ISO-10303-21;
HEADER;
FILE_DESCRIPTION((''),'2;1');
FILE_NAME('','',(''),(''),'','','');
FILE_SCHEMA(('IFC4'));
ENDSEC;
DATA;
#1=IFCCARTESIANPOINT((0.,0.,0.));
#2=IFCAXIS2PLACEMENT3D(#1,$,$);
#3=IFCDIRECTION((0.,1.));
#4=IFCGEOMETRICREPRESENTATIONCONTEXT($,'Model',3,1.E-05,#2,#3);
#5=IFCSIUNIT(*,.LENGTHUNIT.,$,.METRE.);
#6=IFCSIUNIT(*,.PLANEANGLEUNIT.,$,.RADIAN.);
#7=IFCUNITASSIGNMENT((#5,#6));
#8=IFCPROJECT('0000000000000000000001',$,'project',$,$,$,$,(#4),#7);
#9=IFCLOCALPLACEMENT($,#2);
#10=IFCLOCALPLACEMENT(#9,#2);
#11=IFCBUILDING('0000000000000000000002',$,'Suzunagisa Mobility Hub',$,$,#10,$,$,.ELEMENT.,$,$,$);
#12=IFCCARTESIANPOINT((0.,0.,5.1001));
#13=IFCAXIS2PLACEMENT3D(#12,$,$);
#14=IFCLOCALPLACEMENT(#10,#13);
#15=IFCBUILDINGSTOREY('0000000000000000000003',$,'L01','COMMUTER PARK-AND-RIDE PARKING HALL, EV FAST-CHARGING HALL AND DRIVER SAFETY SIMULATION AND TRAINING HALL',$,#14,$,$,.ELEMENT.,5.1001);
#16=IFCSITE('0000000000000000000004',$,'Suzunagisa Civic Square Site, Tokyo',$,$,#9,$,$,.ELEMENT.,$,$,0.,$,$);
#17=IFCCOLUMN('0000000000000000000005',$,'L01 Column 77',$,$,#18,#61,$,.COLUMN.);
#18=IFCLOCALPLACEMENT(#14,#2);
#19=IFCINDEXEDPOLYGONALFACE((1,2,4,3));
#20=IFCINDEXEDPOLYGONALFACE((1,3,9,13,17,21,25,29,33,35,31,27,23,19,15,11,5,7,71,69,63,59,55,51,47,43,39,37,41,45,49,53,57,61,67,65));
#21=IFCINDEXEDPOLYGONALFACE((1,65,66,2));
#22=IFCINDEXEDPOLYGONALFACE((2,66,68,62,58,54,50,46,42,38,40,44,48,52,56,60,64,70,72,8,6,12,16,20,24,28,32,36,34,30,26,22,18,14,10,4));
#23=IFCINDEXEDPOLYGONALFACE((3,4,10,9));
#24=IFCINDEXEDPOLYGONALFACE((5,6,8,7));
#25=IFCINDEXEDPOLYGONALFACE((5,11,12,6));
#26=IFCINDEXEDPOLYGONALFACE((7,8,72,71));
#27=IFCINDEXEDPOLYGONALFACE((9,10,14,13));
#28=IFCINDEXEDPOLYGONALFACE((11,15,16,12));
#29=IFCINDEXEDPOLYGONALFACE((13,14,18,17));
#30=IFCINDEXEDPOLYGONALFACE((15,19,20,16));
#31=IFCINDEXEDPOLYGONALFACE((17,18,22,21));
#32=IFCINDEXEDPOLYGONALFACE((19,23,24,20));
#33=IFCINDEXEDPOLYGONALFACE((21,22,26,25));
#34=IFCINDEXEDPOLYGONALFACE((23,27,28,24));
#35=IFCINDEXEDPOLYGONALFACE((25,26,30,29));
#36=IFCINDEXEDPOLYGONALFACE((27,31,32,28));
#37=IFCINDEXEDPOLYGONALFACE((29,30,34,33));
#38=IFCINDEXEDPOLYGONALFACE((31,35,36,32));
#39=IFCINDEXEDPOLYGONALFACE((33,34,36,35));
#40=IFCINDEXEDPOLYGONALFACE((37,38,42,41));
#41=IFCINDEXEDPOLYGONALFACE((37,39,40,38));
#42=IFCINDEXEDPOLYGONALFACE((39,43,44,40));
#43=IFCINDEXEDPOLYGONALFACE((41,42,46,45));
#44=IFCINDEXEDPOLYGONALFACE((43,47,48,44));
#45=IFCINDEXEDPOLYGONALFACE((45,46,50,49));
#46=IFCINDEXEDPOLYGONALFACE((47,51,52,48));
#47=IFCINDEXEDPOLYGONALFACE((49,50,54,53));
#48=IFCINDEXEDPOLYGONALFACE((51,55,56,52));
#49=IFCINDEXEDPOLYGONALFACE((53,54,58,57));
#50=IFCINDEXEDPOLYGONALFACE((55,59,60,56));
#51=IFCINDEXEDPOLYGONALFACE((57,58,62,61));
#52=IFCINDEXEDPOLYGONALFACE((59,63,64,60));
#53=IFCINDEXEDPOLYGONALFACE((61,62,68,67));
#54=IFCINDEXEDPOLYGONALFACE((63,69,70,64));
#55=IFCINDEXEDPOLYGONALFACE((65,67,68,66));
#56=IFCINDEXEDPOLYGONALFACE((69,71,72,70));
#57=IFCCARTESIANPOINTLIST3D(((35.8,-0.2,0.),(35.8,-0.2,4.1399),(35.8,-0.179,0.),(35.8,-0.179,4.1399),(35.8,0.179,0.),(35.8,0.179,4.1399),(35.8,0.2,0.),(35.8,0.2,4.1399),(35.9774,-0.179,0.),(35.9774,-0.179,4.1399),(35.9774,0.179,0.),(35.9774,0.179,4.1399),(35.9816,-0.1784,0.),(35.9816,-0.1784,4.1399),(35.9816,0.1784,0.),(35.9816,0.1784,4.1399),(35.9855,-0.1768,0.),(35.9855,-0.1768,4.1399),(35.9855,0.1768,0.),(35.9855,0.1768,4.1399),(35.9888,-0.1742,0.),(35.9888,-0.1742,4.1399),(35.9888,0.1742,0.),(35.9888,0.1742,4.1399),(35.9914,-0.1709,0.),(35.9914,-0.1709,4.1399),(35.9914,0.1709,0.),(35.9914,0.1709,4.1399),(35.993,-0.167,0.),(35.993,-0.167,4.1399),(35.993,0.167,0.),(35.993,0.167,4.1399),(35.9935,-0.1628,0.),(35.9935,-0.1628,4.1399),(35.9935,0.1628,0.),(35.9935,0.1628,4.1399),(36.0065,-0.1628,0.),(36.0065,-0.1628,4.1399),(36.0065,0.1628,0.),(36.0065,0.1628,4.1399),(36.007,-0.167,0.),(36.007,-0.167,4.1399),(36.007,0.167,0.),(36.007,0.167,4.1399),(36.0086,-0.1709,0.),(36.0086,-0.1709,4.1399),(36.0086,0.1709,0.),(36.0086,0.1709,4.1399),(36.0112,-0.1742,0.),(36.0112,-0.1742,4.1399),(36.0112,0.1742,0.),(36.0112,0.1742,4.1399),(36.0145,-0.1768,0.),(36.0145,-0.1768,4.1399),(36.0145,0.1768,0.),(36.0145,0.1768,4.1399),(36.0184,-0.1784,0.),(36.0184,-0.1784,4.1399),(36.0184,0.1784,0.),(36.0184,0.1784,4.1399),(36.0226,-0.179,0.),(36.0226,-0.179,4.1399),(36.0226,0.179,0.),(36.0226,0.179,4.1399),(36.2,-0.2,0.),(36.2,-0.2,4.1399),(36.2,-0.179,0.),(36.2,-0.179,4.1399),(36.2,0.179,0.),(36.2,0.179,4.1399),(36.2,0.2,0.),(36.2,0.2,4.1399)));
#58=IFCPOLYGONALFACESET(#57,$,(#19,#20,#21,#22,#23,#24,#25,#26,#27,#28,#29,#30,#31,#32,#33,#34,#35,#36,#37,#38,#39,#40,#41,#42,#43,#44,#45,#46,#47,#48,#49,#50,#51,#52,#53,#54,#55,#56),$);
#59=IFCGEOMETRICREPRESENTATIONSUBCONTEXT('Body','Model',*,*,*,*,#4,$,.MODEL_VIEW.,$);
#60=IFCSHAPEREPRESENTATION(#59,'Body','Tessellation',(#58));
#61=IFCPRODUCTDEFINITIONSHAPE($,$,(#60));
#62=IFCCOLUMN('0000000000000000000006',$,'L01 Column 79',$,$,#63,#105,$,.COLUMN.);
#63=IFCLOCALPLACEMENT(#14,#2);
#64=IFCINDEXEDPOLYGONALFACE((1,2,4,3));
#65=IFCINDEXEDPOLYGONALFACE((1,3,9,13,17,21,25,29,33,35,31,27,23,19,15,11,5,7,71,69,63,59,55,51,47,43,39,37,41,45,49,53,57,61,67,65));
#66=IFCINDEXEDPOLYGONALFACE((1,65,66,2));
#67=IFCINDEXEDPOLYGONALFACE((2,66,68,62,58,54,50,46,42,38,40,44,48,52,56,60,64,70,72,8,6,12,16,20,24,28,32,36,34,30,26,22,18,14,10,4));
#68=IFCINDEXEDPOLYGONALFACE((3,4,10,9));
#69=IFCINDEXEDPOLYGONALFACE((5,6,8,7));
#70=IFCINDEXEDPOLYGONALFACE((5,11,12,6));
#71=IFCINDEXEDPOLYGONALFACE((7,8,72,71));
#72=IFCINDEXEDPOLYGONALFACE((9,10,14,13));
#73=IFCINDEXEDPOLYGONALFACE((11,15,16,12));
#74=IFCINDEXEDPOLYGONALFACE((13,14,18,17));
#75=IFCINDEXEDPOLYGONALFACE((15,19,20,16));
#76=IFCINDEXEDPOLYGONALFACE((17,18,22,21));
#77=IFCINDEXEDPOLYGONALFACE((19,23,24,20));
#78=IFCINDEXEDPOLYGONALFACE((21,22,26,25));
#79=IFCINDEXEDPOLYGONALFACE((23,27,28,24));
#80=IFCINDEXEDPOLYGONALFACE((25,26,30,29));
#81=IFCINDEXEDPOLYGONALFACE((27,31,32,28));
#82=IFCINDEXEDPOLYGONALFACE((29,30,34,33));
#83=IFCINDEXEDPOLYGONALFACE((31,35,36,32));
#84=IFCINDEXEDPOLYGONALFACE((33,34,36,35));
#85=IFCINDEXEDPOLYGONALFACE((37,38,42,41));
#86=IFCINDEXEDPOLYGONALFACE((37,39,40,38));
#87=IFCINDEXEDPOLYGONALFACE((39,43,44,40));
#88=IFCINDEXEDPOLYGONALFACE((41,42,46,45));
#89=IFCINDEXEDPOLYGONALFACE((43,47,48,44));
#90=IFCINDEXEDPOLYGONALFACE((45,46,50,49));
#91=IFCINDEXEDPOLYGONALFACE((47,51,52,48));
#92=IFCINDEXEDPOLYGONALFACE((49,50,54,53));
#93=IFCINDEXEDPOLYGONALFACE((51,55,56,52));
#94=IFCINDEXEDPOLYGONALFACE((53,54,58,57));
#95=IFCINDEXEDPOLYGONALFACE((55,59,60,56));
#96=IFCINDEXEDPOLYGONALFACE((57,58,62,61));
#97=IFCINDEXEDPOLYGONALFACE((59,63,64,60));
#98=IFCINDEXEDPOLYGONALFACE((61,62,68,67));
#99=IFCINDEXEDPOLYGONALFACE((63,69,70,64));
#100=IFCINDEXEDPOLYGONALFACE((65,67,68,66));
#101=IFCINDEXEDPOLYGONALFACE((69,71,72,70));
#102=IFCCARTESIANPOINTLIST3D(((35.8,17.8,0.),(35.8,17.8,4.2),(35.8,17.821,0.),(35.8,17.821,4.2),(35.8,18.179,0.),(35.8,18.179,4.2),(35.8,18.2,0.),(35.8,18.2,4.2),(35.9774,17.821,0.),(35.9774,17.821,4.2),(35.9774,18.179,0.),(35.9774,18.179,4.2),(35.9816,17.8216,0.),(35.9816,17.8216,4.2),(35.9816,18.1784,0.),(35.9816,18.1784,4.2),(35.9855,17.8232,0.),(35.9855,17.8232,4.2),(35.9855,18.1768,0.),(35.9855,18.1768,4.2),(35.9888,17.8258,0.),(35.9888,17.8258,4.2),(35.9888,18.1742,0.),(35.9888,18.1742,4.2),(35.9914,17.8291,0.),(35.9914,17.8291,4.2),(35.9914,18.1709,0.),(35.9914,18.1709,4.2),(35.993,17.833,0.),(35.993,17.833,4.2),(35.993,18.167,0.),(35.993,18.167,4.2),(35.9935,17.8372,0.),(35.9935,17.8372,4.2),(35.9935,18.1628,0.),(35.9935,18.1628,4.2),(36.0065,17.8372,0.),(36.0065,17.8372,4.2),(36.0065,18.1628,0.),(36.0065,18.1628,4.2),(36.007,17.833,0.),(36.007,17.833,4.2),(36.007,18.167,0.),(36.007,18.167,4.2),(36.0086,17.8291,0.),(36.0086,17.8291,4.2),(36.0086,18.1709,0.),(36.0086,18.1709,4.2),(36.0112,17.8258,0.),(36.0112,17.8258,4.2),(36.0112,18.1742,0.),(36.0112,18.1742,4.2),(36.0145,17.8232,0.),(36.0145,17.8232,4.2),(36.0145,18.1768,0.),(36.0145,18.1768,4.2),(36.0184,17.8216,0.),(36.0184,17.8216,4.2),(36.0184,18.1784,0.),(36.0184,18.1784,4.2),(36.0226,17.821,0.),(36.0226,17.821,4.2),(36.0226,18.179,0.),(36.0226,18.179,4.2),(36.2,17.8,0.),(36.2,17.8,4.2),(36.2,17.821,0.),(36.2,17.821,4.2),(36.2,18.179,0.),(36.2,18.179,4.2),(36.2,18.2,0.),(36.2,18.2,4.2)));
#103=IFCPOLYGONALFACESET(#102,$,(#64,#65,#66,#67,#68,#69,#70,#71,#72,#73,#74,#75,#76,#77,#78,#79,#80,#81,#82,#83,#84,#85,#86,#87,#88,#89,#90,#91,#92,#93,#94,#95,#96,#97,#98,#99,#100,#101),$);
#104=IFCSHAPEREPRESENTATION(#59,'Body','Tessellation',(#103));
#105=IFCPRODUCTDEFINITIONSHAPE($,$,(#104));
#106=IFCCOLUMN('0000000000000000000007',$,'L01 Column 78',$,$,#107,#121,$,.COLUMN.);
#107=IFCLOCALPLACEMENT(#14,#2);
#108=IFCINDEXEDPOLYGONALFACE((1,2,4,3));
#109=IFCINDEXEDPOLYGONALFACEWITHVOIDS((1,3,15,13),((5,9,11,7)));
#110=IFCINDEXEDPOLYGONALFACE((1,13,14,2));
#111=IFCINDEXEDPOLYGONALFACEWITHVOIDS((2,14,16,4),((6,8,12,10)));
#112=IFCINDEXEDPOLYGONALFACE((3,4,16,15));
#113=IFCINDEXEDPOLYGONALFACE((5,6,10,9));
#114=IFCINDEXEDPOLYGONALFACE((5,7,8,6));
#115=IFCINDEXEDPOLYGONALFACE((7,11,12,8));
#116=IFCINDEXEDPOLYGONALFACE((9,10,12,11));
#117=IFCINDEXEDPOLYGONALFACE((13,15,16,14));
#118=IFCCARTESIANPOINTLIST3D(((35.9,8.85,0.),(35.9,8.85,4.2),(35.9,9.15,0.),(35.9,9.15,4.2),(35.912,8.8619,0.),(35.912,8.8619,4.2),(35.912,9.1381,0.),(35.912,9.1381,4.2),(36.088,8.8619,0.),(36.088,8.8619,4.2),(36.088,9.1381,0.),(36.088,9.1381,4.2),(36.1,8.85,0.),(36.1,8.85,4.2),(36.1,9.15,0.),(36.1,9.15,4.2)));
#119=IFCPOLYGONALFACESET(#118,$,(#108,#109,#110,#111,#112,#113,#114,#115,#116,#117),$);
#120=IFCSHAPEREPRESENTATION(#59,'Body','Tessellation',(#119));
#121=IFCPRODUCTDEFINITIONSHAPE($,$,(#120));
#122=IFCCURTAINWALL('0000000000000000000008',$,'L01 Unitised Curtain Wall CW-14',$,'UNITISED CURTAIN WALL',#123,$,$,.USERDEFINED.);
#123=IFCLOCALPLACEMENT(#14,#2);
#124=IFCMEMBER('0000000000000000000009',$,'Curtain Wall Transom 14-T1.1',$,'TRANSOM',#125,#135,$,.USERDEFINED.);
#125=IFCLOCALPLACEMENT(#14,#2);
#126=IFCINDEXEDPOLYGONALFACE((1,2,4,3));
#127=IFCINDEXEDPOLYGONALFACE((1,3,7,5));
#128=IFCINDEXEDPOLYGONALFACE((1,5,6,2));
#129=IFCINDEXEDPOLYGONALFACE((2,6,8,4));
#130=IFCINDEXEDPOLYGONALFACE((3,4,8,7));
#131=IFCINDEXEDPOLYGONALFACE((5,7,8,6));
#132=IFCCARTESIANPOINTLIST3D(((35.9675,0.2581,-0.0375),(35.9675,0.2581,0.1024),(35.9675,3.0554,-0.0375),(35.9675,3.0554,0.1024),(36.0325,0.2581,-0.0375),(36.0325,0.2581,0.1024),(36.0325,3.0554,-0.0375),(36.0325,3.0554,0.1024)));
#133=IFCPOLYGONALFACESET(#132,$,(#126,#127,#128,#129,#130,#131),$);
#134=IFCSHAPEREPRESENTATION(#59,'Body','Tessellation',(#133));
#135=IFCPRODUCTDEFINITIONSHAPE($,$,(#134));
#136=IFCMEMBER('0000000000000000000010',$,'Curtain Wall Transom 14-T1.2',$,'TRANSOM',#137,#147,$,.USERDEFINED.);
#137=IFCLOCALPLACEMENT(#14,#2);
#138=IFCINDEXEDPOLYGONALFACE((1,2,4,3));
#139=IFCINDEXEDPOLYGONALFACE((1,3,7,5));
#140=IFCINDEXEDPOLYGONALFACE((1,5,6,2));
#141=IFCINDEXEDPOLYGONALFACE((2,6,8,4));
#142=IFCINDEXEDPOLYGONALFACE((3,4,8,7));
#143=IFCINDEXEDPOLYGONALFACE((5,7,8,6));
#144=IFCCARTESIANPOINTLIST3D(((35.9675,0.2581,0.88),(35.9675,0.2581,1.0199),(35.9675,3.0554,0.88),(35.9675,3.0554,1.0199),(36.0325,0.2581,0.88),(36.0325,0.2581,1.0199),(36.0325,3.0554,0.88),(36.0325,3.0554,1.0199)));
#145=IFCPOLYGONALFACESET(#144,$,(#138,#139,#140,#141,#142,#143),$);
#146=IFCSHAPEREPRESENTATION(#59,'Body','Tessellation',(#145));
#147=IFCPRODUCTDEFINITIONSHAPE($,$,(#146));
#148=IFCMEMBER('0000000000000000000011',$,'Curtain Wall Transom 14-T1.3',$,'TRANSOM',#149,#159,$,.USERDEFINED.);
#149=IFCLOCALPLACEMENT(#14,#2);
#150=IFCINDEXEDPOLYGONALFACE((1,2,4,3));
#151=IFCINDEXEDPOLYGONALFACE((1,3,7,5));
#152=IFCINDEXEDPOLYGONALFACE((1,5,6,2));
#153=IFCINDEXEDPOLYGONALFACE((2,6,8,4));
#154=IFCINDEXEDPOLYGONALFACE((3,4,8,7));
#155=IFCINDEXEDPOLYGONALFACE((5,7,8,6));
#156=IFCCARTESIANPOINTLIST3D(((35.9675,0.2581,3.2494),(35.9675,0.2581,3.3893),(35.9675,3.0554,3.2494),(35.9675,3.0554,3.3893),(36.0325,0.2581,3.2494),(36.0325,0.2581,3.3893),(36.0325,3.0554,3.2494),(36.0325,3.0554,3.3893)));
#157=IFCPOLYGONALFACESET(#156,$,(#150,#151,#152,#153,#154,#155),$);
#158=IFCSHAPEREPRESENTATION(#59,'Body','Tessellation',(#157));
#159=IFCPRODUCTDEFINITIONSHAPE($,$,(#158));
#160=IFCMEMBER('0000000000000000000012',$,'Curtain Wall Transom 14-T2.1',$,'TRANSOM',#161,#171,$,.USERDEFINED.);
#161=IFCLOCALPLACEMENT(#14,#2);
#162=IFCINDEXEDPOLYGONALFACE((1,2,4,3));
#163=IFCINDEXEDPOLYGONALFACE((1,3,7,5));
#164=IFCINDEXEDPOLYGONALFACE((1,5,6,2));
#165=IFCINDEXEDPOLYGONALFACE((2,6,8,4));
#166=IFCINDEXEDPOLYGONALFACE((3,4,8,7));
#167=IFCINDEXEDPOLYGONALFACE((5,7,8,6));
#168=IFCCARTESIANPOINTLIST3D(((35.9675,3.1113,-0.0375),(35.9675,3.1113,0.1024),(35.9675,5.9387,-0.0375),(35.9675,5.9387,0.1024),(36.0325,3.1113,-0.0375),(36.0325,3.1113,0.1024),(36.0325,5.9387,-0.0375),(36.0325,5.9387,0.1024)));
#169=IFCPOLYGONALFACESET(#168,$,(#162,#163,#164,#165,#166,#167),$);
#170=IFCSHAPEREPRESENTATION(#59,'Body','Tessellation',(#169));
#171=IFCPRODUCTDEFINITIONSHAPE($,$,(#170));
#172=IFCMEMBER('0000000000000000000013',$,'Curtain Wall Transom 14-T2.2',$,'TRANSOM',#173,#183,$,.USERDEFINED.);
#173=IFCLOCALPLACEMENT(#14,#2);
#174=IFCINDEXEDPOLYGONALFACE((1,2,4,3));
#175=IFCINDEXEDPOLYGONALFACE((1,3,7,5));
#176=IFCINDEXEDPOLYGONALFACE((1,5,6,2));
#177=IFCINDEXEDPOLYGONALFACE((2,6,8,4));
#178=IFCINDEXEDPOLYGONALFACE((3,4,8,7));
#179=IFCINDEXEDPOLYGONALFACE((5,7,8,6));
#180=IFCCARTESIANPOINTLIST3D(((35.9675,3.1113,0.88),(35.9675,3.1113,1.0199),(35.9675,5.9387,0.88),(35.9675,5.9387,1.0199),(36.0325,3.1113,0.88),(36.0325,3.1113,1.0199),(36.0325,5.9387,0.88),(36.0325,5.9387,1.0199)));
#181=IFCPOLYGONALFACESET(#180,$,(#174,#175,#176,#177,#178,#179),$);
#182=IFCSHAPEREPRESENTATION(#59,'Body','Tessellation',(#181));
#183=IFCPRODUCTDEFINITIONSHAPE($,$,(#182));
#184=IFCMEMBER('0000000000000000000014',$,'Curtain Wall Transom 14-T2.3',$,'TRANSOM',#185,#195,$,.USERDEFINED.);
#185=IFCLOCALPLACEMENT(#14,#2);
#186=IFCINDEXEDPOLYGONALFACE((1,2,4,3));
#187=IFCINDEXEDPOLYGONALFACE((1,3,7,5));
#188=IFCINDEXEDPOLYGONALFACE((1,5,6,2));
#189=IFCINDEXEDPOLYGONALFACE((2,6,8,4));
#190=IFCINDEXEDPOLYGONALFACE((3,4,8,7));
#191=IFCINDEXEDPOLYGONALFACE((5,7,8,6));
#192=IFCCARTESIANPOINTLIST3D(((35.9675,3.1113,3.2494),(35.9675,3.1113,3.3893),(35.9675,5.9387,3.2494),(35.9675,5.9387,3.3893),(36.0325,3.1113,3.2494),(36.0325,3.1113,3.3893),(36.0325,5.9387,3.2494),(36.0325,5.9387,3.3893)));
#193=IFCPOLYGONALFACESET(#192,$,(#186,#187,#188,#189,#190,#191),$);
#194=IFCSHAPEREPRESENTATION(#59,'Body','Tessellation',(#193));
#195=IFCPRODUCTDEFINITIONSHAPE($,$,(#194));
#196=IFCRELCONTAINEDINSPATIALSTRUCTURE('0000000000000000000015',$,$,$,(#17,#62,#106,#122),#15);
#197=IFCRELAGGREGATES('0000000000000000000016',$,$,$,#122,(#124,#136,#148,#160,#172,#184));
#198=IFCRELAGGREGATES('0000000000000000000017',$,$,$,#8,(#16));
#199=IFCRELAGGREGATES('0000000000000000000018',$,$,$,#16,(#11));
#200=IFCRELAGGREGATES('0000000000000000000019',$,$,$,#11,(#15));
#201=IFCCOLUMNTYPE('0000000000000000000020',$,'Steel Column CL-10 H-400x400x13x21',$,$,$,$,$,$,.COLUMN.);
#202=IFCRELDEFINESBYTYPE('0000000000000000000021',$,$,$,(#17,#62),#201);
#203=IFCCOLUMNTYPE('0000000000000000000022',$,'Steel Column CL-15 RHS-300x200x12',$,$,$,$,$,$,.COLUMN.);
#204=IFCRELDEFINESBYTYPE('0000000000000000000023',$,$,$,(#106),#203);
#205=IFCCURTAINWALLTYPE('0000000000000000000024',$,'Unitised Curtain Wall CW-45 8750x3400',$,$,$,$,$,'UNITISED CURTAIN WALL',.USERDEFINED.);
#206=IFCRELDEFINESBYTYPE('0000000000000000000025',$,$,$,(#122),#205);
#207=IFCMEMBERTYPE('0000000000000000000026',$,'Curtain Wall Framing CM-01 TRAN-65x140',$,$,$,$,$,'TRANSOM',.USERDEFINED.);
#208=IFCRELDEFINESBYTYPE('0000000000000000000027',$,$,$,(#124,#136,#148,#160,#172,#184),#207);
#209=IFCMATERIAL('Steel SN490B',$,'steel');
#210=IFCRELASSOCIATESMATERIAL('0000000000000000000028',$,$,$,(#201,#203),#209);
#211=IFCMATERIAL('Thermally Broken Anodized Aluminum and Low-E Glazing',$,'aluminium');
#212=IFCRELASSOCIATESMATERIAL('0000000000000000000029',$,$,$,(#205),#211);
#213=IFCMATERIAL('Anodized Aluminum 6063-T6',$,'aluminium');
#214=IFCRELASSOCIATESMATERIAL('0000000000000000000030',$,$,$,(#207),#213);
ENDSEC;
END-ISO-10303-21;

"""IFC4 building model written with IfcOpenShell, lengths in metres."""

from ifc_helpers import new_model, si_unit, direction, frame, origin, origin_2d, place, context, subcontext, project, spatial, rectangle, hollow_rectangle, i_section, extrude, material, material_profile, profile_set, type_object, element, aggregate, save


model = new_model("IFC4")

# Units and contexts
model_context = context("Model", 3, precision=1e-05, world=origin(), true_north=direction((0.0, 1.0)))
body_context = subcontext(model_context, "Body", "Model", "MODEL_VIEW")
ifc_project = project(units=[si_unit("LENGTHUNIT", "METRE"), si_unit("PLANEANGLEUNIT", "RADIAN")], contexts=[model_context])

# Site, building, storey
site_placement = place(None, origin())
site = spatial("IfcSite", under=ifc_project, at=site_placement, Name="Suzunagisa Civic Square Site, Tokyo", CompositionType="ELEMENT", RefElevation=0.0)
building_placement = place(site_placement, origin())
building = spatial("IfcBuilding", under=site, at=building_placement, Name="Suzunagisa Mobility Hub", CompositionType="ELEMENT")
storey_placement = place(building_placement, frame((0.0, 0.0, 5.1001)))
storey = spatial("IfcBuildingStorey", under=building, at=storey_placement, Name="L01", Description="COMMUTER PARK-AND-RIDE PARKING HALL, EV FAST-CHARGING HALL AND DRIVER SAFETY SIMULATION AND TRAINING HALL", CompositionType="ELEMENT", Elevation=5.1001)

# Columns
ifc_material_1 = material(Name="Steel SN490B", Category="steel")
ifc_material_profile_1 = material_profile(ifc_material_1, i_section(OverallWidth=0.3999, OverallDepth=0.3999, WebThickness=0.0129, FlangeThickness=0.021, FilletRadius=0.0161, at=origin_2d()), Name="H-400x400x13x21")
ifc_profile_set_1 = profile_set([ifc_material_profile_1], Name="Steel SN490B")
column_type_1 = type_object("IfcColumnType", Name="Steel Column CL-10 H-400x400x13x21", PredefinedType="COLUMN", material=ifc_profile_set_1)
column_1_placement = place(storey_placement, frame((36.0, 0.0, 0.0), z_axis=(0.0, 0.0, 1.0), x_axis=(1.0, 0.0, 0.0)))
element("IfcColumn", 1, at=column_1_placement, inside=storey, type_object=column_type_1, Name="L01 Column 77", PredefinedType="COLUMN", context=body_context, shape_type="SweptSolid", body=[
    extrude(i_section(OverallWidth=0.3999, OverallDepth=0.3999, WebThickness=0.0129, FlangeThickness=0.021, FilletRadius=0.0161, at=origin_2d()), origin(), (0.0, 0.0, 1.0), 4.1399),
])
column_2_placement = place(storey_placement, frame((36.0, 18.0, 0.0), z_axis=(0.0, 0.0, 1.0), x_axis=(1.0, 0.0, 0.0)))
element("IfcColumn", 2, at=column_2_placement, inside=storey, type_object=column_type_1, Name="L01 Column 79", PredefinedType="COLUMN", context=body_context, shape_type="SweptSolid", body=[
    extrude(i_section(OverallWidth=0.3999, OverallDepth=0.3999, WebThickness=0.0129, FlangeThickness=0.021, FilletRadius=0.0161, at=origin_2d()), origin(), (0.0, 0.0, 1.0), 4.2),
])
ifc_material_profile_2 = material_profile(ifc_material_1, hollow_rectangle(XDim=0.2, YDim=0.3, WallThickness=0.012, at=origin_2d()), Name="RHS-300x200x12")
ifc_profile_set_2 = profile_set([ifc_material_profile_2], Name="Steel SN490B")
column_type_2 = type_object("IfcColumnType", Name="Steel Column CL-15 RHS-300x200x12", PredefinedType="COLUMN", material=ifc_profile_set_2)
column_3_placement = place(storey_placement, frame((36.0, 9.0, 0.0), z_axis=(0.0, 0.0, 1.0), x_axis=(1.0, 0.0, 0.0)))
element("IfcColumn", 3, at=column_3_placement, inside=storey, type_object=column_type_2, Name="L01 Column 78", PredefinedType="COLUMN", context=body_context, shape_type="SweptSolid", body=[
    extrude(hollow_rectangle(XDim=0.2, YDim=0.3, WallThickness=0.012, at=origin_2d()), origin(), (0.0, 0.0, 1.0), 4.2),
])

# Curtain wall, members
ifc_material_2 = material(Name="Thermally Broken Anodized Aluminum and Low-E Glazing", Category="aluminium")
curtain_wall_type = type_object("IfcCurtainWallType", Name="Unitised Curtain Wall CW-45 8750x3400", ElementType="UNITISED CURTAIN WALL", PredefinedType="USERDEFINED", material=ifc_material_2)
curtain_wall_1_placement = place(storey_placement, origin())
curtain_wall_1 = element("IfcCurtainWall", 4, at=curtain_wall_1_placement, inside=storey, type_object=curtain_wall_type, Name="L01 Unitised Curtain Wall CW-14", ObjectType="UNITISED CURTAIN WALL", PredefinedType="USERDEFINED")
ifc_material_3 = material(Name="Anodized Aluminum 6063-T6", Category="aluminium")
ifc_material_profile_3 = material_profile(ifc_material_3, rectangle(XDim=0.0649, YDim=0.1399, at=origin_2d()), Name="TRAN-65x140")
ifc_profile_set_3 = profile_set([ifc_material_profile_3], Name="Anodized Aluminum 6063-T6")
member_type_1 = type_object("IfcMemberType", Name="Curtain Wall Framing CM-01 TRAN-65x140", ElementType="TRANSOM", PredefinedType="USERDEFINED", material=ifc_profile_set_3)
member_1_placement = place(storey_placement, frame((36.0, 0.2581, 0.0325), z_axis=(0.0, 1.0, 0.0), x_axis=(-1.0, 0.0, 0.0)))
member_1 = element("IfcMember", 5, at=member_1_placement, type_object=member_type_1, Name="Curtain Wall Transom 14-T1.1", ObjectType="TRANSOM", PredefinedType="USERDEFINED", context=body_context, shape_type="SweptSolid", body=[
    extrude(rectangle(XDim=0.0649, YDim=0.1399, at=origin_2d()), origin(), (0.0, 0.0, 1.0), 2.7974),
])
member_2_placement = place(storey_placement, frame((36.0, 0.2581, 0.95), z_axis=(0.0, 1.0, 0.0), x_axis=(-1.0, 0.0, 0.0)))
member_2 = element("IfcMember", 6, at=member_2_placement, type_object=member_type_1, Name="Curtain Wall Transom 14-T1.2", ObjectType="TRANSOM", PredefinedType="USERDEFINED", context=body_context, shape_type="SweptSolid", body=[
    extrude(rectangle(XDim=0.0649, YDim=0.1399, at=origin_2d()), origin(), (0.0, 0.0, 1.0), 2.7974),
])
member_3_placement = place(storey_placement, frame((36.0, 0.2581, 3.3193), z_axis=(0.0, 1.0, 0.0), x_axis=(-1.0, 0.0, 0.0)))
member_3 = element("IfcMember", 7, at=member_3_placement, type_object=member_type_1, Name="Curtain Wall Transom 14-T1.3", ObjectType="TRANSOM", PredefinedType="USERDEFINED", context=body_context, shape_type="SweptSolid", body=[
    extrude(rectangle(XDim=0.0649, YDim=0.1399, at=origin_2d()), origin(), (0.0, 0.0, 1.0), 2.7974),
])
member_4_placement = place(storey_placement, frame((36.0, 3.1113, 0.0325), z_axis=(0.0, 1.0, 0.0), x_axis=(-1.0, 0.0, 0.0)))
member_4 = element("IfcMember", 8, at=member_4_placement, type_object=member_type_1, Name="Curtain Wall Transom 14-T2.1", ObjectType="TRANSOM", PredefinedType="USERDEFINED", context=body_context, shape_type="SweptSolid", body=[
    extrude(rectangle(XDim=0.0649, YDim=0.1399, at=origin_2d()), origin(), (0.0, 0.0, 1.0), 2.8274),
])
member_5_placement = place(storey_placement, frame((36.0, 3.1113, 0.95), z_axis=(0.0, 1.0, 0.0), x_axis=(-1.0, 0.0, 0.0)))
member_5 = element("IfcMember", 9, at=member_5_placement, type_object=member_type_1, Name="Curtain Wall Transom 14-T2.2", ObjectType="TRANSOM", PredefinedType="USERDEFINED", context=body_context, shape_type="SweptSolid", body=[
    extrude(rectangle(XDim=0.0649, YDim=0.1399, at=origin_2d()), origin(), (0.0, 0.0, 1.0), 2.8274),
])
member_6_placement = place(storey_placement, frame((36.0, 3.1113, 3.3193), z_axis=(0.0, 1.0, 0.0), x_axis=(-1.0, 0.0, 0.0)))
member_6 = element("IfcMember", 10, at=member_6_placement, type_object=member_type_1, Name="Curtain Wall Transom 14-T2.3", ObjectType="TRANSOM", PredefinedType="USERDEFINED", context=body_context, shape_type="SweptSolid", body=[
    extrude(rectangle(XDim=0.0649, YDim=0.1399, at=origin_2d()), origin(), (0.0, 0.0, 1.0), 2.8274),
])

aggregate(curtain_wall_1, [member_1, member_2, member_3, member_4, member_5, member_6])

save(model, "model.ifc")
